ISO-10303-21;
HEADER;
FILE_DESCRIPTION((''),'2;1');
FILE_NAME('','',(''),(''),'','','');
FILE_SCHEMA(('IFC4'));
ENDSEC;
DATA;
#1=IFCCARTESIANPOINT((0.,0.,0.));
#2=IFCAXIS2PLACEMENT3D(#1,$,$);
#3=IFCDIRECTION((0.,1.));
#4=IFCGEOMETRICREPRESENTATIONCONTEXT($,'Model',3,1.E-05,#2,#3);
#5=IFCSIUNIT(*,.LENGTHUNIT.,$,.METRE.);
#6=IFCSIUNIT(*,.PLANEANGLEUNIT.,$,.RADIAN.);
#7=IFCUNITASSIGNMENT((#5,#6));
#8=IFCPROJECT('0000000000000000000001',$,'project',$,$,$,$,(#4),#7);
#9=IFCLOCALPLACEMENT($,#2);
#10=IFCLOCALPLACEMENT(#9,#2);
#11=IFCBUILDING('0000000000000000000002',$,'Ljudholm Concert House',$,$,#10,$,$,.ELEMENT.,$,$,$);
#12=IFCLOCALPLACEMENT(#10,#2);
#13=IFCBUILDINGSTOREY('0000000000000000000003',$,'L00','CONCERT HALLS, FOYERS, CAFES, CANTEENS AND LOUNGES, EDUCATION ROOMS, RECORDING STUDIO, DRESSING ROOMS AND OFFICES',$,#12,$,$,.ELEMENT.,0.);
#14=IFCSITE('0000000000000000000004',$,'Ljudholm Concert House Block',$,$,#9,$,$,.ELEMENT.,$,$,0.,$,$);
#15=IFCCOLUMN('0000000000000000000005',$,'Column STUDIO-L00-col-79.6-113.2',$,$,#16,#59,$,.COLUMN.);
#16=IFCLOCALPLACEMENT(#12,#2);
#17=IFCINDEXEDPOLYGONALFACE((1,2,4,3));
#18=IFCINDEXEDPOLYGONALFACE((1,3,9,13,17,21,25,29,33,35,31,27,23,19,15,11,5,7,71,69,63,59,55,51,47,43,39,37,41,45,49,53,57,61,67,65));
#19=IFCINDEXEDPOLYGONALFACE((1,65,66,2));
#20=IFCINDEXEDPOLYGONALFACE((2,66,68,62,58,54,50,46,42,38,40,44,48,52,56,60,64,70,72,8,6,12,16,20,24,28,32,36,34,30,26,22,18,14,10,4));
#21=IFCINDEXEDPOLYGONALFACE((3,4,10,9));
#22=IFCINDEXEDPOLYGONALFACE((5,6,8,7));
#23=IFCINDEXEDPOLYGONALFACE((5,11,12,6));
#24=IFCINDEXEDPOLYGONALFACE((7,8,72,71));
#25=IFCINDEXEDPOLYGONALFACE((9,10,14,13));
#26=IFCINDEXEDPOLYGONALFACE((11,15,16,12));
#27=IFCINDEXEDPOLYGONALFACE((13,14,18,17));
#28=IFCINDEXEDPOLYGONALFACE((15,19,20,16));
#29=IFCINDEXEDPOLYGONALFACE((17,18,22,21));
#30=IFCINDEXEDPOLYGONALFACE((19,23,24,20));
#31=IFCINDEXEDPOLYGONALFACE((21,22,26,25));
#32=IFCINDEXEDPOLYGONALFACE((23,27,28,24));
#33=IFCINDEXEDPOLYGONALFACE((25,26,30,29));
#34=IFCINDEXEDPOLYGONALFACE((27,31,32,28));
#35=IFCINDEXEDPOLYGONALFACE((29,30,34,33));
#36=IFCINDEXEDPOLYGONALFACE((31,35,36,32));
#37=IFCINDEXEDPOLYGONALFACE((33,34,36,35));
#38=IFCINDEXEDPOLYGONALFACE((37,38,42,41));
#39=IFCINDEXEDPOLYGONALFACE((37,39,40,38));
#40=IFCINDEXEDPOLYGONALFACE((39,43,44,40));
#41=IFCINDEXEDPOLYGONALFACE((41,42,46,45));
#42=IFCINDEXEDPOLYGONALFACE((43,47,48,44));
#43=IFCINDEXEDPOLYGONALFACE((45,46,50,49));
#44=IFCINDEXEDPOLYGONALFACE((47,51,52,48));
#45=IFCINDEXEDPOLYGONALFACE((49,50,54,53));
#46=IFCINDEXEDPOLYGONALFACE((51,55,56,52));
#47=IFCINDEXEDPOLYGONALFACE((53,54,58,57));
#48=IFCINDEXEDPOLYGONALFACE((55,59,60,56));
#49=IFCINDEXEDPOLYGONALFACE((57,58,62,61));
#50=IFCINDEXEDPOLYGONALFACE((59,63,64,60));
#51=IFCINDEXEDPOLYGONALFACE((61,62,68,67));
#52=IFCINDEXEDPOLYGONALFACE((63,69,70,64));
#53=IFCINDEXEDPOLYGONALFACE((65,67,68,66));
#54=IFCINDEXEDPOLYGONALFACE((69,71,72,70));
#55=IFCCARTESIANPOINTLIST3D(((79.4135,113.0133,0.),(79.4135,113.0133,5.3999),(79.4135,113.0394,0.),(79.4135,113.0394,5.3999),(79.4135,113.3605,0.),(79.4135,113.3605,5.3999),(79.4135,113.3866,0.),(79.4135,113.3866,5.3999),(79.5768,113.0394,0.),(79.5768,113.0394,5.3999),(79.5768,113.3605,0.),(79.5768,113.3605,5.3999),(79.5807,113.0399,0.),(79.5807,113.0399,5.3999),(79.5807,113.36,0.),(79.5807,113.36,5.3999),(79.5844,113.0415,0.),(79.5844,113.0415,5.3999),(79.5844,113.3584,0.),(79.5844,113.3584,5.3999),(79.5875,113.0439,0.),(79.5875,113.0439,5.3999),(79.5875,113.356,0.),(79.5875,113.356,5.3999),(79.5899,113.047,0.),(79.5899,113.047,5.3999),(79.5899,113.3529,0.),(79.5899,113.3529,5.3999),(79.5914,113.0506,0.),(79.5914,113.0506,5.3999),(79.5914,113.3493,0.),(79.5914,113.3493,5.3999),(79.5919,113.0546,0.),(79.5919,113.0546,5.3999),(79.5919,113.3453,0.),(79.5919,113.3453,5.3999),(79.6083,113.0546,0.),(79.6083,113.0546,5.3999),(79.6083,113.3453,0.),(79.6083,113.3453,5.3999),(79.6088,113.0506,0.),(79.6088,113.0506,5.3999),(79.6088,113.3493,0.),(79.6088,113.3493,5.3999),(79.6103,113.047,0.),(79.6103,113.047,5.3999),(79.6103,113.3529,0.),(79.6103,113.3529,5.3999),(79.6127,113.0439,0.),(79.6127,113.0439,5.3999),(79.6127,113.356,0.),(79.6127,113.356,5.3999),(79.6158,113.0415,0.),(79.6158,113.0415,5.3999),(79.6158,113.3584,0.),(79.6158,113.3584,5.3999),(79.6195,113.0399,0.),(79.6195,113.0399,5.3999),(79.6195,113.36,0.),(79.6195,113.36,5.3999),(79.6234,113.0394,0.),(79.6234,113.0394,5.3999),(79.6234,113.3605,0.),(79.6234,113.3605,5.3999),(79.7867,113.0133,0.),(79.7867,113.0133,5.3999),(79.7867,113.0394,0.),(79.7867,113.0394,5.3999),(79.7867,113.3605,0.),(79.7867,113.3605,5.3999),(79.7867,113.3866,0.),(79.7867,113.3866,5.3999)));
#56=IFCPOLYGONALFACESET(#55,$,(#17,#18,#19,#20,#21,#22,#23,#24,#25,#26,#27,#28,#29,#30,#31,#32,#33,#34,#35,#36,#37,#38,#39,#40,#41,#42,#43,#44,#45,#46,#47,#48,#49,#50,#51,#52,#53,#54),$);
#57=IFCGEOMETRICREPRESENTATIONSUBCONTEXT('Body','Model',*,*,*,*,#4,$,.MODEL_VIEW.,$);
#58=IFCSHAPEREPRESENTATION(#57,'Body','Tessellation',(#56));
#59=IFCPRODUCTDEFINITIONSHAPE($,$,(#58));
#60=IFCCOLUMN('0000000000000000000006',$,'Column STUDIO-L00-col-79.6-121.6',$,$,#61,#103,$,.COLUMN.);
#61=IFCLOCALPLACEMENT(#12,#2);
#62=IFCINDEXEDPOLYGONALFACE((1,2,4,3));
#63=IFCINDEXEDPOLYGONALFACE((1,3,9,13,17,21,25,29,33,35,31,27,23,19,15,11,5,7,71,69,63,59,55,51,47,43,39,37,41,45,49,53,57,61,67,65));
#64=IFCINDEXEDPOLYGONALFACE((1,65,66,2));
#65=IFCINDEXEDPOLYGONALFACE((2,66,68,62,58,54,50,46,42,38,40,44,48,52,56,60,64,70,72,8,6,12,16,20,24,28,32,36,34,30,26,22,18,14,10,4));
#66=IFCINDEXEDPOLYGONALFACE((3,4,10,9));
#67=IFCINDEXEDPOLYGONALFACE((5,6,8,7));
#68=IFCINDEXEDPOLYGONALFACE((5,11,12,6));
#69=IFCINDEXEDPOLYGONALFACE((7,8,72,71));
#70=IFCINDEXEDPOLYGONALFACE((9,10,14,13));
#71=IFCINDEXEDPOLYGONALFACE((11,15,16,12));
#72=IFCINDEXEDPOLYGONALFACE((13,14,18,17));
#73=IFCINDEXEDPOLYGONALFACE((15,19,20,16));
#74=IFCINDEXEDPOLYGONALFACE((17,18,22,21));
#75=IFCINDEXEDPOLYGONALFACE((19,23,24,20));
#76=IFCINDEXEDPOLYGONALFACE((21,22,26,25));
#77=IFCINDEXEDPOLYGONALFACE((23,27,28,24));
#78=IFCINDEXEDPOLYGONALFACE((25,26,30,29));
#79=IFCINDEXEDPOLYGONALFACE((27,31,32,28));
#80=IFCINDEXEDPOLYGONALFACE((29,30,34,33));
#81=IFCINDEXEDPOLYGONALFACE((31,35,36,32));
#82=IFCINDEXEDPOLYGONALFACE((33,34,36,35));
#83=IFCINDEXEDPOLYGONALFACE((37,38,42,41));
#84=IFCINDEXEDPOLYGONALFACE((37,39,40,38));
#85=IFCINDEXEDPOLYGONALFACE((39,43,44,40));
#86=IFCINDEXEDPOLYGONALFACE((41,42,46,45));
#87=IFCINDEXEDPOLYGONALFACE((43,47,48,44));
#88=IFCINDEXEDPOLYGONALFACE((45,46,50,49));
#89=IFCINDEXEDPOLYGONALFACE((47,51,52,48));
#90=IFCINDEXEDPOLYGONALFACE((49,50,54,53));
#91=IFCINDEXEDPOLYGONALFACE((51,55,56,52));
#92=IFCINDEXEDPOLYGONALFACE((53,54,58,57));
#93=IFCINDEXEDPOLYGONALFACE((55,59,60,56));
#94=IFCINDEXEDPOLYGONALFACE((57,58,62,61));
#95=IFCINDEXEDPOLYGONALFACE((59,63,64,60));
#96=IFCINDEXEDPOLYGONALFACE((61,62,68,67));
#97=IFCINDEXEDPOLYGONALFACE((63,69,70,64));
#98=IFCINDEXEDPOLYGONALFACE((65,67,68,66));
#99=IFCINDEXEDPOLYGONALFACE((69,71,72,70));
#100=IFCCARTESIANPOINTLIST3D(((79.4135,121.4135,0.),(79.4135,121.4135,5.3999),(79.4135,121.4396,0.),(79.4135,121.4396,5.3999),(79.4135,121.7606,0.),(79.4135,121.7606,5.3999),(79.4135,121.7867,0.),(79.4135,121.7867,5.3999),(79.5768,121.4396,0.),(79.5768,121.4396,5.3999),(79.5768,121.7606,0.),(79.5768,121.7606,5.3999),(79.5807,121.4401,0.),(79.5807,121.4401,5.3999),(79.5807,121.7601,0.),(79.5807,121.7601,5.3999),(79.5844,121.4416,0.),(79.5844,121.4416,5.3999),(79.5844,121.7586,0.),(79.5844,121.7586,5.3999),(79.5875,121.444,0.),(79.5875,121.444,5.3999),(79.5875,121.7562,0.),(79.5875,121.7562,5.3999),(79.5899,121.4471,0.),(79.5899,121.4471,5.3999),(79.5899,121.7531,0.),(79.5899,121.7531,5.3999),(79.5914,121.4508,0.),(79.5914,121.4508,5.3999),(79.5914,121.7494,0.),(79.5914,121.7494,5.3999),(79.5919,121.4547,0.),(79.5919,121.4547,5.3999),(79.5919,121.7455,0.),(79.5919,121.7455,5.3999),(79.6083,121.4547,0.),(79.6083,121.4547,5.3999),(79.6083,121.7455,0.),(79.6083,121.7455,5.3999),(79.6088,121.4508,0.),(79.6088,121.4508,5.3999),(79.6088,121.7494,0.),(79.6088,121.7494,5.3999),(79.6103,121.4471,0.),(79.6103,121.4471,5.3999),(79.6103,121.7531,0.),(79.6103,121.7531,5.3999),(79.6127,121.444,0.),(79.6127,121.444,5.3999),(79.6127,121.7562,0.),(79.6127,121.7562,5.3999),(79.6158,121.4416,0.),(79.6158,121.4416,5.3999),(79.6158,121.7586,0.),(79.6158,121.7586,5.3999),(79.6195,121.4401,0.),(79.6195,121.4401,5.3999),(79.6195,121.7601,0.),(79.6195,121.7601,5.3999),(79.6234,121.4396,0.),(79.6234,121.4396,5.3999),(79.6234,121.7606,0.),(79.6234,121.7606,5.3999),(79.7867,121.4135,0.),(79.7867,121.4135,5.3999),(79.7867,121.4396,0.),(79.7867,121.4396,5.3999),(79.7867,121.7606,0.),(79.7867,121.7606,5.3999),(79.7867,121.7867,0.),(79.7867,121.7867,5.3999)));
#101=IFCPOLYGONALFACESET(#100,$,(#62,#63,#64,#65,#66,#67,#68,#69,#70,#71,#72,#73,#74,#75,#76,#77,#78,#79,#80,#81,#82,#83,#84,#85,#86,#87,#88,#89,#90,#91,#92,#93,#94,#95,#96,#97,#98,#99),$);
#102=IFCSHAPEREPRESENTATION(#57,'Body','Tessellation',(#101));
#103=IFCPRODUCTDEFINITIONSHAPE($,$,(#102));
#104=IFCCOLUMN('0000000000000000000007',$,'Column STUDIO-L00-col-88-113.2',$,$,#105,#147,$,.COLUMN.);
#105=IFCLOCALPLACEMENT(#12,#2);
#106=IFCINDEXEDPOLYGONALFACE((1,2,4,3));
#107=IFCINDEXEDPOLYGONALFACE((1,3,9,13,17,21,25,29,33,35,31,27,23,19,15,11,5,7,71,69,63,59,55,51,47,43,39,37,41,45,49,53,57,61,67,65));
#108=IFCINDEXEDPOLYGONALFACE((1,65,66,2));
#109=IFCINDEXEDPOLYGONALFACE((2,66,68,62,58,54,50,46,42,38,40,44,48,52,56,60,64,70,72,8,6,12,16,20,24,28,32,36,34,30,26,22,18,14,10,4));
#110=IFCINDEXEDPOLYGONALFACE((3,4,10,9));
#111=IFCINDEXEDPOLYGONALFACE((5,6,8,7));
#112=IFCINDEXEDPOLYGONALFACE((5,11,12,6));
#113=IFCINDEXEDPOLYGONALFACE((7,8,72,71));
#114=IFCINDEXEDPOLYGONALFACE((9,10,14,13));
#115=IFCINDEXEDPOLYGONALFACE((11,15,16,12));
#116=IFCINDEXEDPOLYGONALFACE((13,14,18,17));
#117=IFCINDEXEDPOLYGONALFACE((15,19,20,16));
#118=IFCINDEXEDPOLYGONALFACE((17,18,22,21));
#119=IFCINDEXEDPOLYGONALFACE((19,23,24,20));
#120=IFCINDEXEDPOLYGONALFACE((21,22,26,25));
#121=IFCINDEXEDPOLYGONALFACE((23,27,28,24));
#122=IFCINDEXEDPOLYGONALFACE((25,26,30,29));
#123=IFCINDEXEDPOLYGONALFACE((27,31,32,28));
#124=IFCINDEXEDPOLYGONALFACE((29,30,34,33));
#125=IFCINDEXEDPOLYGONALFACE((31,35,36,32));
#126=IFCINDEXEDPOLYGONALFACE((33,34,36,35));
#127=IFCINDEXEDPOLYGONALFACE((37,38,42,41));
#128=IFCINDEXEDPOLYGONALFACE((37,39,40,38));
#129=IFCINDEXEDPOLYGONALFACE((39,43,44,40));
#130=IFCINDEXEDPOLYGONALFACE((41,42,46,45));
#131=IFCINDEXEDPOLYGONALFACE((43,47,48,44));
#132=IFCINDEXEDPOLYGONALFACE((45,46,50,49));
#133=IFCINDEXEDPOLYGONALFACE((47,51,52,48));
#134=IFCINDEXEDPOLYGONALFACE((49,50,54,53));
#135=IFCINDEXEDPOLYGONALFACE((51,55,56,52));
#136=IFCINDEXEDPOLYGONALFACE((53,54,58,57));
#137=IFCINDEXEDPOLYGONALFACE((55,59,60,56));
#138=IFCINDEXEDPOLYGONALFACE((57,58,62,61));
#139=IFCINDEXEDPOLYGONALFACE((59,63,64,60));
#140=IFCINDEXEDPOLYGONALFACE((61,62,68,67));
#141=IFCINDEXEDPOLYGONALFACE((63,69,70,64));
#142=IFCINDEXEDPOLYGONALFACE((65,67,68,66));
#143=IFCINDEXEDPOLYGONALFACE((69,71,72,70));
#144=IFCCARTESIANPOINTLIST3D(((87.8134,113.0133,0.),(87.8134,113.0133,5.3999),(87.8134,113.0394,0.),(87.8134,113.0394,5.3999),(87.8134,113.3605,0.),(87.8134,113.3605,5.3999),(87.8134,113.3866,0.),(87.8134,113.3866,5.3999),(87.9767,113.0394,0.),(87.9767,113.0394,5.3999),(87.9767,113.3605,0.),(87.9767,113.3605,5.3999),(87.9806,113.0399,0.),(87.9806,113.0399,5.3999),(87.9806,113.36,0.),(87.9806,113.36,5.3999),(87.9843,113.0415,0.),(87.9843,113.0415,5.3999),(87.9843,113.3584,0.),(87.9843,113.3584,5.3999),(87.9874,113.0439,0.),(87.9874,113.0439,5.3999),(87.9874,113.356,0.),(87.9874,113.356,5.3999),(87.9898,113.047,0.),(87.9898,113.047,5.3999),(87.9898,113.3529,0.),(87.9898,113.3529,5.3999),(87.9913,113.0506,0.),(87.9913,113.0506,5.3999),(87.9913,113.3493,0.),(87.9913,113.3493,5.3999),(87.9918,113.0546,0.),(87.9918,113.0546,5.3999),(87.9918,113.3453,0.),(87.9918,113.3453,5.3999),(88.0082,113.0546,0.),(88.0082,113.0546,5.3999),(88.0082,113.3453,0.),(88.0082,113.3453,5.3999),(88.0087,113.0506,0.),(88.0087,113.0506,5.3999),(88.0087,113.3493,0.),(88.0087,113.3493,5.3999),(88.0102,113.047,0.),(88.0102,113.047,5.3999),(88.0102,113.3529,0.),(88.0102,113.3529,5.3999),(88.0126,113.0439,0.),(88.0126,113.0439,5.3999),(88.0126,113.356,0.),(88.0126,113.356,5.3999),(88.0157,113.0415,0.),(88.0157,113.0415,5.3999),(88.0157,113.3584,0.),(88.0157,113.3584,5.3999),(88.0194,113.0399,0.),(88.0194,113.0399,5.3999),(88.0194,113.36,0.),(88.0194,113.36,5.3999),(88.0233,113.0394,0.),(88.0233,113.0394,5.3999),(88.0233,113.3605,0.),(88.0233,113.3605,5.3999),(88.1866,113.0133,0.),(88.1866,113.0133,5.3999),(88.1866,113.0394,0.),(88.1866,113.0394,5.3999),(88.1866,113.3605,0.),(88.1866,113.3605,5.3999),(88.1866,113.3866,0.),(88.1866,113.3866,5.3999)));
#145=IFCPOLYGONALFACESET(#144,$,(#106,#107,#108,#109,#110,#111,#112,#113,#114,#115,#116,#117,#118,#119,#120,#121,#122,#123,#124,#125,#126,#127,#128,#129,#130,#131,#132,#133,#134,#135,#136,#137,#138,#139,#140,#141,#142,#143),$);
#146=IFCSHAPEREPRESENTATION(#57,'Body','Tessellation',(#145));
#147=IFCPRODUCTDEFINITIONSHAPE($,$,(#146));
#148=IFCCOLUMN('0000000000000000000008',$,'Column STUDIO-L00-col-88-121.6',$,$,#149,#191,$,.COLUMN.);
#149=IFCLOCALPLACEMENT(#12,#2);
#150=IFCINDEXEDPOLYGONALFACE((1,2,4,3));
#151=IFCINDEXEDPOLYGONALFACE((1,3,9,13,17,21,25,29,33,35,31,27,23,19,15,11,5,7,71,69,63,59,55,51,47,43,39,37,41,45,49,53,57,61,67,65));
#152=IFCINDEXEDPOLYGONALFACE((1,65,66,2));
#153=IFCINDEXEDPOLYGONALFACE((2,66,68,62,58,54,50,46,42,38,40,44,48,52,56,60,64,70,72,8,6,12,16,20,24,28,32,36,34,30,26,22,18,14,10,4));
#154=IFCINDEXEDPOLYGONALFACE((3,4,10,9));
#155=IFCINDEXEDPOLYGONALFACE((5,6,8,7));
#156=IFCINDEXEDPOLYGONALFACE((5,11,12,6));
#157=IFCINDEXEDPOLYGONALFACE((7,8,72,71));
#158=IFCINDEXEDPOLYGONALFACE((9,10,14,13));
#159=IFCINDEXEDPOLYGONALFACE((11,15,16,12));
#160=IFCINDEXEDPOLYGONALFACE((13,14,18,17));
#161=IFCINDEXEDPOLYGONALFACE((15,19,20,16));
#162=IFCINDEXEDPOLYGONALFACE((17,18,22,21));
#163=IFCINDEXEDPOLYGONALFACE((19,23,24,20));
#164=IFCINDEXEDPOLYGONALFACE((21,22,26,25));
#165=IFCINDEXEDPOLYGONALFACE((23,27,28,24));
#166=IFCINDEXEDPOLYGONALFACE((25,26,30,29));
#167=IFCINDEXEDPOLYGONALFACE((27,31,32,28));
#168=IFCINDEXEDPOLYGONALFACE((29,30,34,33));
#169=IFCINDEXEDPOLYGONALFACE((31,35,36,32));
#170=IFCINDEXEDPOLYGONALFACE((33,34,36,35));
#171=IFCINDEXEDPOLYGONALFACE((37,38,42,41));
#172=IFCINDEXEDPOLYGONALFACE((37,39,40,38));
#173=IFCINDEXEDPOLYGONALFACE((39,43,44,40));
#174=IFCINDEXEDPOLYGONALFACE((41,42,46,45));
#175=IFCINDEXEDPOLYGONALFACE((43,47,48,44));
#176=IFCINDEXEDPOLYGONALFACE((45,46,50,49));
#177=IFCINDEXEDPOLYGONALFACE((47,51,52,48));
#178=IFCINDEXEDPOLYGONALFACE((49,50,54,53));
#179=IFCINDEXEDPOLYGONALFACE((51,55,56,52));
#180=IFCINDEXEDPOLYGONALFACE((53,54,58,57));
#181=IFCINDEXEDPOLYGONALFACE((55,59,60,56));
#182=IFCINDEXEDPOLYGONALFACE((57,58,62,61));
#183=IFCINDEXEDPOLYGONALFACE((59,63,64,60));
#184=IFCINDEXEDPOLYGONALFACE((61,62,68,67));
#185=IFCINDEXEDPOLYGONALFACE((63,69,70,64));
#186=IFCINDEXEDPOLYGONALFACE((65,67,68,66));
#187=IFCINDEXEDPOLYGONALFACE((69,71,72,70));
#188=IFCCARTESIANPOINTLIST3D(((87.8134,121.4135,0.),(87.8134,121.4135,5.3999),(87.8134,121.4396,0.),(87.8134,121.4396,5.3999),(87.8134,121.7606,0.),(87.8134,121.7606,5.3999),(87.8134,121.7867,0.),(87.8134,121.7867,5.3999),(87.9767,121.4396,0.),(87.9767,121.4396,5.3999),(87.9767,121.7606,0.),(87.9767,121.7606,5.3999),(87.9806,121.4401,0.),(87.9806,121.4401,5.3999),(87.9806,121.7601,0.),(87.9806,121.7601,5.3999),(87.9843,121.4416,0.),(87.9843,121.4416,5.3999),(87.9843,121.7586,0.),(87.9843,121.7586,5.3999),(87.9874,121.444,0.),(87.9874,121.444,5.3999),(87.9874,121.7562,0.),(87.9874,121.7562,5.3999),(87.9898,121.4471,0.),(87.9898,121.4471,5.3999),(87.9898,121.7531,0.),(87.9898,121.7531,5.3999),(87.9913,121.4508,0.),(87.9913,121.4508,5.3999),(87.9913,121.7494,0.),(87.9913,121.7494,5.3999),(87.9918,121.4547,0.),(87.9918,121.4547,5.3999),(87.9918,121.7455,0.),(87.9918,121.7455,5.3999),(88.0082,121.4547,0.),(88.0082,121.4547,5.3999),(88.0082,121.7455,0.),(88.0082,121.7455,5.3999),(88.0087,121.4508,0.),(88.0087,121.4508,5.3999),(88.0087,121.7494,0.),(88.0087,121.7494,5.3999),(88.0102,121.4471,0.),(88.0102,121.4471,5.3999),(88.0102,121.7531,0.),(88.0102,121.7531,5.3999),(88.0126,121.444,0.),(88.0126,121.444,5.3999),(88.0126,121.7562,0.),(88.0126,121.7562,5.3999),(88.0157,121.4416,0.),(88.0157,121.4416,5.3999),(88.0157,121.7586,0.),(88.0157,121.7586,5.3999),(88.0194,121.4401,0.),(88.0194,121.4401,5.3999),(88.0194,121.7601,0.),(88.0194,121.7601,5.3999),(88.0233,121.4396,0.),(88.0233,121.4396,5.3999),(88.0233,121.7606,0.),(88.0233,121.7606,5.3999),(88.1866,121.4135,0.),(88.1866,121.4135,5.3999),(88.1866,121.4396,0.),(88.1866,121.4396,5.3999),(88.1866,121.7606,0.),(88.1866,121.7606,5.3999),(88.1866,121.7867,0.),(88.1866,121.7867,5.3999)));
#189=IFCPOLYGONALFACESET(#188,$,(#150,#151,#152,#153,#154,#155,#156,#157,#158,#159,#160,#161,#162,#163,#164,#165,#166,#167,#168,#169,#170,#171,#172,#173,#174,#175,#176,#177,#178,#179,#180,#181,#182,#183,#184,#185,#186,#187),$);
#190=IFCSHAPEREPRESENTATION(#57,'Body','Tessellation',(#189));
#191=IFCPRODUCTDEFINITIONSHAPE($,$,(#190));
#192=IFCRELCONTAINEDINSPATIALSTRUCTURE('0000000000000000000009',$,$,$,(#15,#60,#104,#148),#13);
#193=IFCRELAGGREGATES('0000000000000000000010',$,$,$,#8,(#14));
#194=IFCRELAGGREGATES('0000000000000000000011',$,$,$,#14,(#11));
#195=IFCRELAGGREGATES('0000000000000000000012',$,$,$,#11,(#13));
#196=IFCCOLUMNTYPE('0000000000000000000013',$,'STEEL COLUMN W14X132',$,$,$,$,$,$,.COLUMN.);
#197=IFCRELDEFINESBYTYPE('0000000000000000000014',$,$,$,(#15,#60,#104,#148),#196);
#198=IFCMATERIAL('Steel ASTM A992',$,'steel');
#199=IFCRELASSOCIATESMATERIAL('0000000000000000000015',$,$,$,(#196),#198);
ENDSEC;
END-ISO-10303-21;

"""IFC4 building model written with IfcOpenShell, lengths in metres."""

from ifc_helpers import new_model, si_unit, direction, frame, origin, origin_2d, place, context, subcontext, project, spatial, i_section, extrude, material, material_profile, profile_set, type_object, element, save


model = new_model("IFC4")

# Units and contexts
model_context = context("Model", 3, precision=1e-05, world=origin(), true_north=direction((0.0, 1.0)))
body_context = subcontext(model_context, "Body", "Model", "MODEL_VIEW")
ifc_project = project(units=[si_unit("LENGTHUNIT", "METRE"), si_unit("PLANEANGLEUNIT", "RADIAN")], contexts=[model_context])

# Site, building, storey
site_placement = place(None, origin())
site = spatial("IfcSite", under=ifc_project, at=site_placement, Name="Ljudholm Concert House Block", CompositionType="ELEMENT", RefElevation=0.0)
building_placement = place(site_placement, origin())
building = spatial("IfcBuilding", under=site, at=building_placement, Name="Ljudholm Concert House", CompositionType="ELEMENT")
storey_placement = place(building_placement, origin())
storey = spatial("IfcBuildingStorey", under=building, at=storey_placement, Name="L00", Description="CONCERT HALLS, FOYERS, CAFES, CANTEENS AND LOUNGES, EDUCATION ROOMS, RECORDING STUDIO, DRESSING ROOMS AND OFFICES", CompositionType="ELEMENT", Elevation=0.0)

# Columns
ifc_material_1 = material(Name="Steel ASTM A992", Category="steel")
ifc_material_profile_1 = material_profile(ifc_material_1, i_section(OverallWidth=0.3733, OverallDepth=0.3733, WebThickness=0.0164, FlangeThickness=0.0261, FilletRadius=0.0151, at=origin_2d()), Name="W14X132")
ifc_profile_set_1 = profile_set([ifc_material_profile_1], Name="Steel ASTM A992")
column_type = type_object("IfcColumnType", Name="STEEL COLUMN W14X132", PredefinedType="COLUMN", material=ifc_profile_set_1)
for number, where, z_axis, x_axis, name in (
    (1, (79.6001, 113.2, 0.0), (0.0, 0.0, 1.0), (1.0, 0.0, 0.0), "Column STUDIO-L00-col-79.6-113.2"),
    (2, (79.6001, 121.6001, 0.0), (0.0, 0.0, 1.0), (1.0, 0.0, 0.0), "Column STUDIO-L00-col-79.6-121.6"),
    (3, (88.0, 113.2, 0.0), (0.0, 0.0, 1.0), (1.0, 0.0, 0.0), "Column STUDIO-L00-col-88-113.2"),
    (4, (88.0, 121.6001, 0.0), (0.0, 0.0, 1.0), (1.0, 0.0, 0.0), "Column STUDIO-L00-col-88-121.6"),
):
    element("IfcColumn", number, at=place(storey_placement, frame(where, z_axis=z_axis, x_axis=x_axis)), inside=storey, type_object=column_type, Name=name, PredefinedType="COLUMN", context=body_context, shape_type="SweptSolid", body=[
        extrude(i_section(OverallWidth=0.3733, OverallDepth=0.3733, WebThickness=0.0164, FlangeThickness=0.0261, FilletRadius=0.0151, at=origin_2d()), origin(), (0.0, 0.0, 1.0), 5.3999),
    ])

save(model, "model.ifc")
